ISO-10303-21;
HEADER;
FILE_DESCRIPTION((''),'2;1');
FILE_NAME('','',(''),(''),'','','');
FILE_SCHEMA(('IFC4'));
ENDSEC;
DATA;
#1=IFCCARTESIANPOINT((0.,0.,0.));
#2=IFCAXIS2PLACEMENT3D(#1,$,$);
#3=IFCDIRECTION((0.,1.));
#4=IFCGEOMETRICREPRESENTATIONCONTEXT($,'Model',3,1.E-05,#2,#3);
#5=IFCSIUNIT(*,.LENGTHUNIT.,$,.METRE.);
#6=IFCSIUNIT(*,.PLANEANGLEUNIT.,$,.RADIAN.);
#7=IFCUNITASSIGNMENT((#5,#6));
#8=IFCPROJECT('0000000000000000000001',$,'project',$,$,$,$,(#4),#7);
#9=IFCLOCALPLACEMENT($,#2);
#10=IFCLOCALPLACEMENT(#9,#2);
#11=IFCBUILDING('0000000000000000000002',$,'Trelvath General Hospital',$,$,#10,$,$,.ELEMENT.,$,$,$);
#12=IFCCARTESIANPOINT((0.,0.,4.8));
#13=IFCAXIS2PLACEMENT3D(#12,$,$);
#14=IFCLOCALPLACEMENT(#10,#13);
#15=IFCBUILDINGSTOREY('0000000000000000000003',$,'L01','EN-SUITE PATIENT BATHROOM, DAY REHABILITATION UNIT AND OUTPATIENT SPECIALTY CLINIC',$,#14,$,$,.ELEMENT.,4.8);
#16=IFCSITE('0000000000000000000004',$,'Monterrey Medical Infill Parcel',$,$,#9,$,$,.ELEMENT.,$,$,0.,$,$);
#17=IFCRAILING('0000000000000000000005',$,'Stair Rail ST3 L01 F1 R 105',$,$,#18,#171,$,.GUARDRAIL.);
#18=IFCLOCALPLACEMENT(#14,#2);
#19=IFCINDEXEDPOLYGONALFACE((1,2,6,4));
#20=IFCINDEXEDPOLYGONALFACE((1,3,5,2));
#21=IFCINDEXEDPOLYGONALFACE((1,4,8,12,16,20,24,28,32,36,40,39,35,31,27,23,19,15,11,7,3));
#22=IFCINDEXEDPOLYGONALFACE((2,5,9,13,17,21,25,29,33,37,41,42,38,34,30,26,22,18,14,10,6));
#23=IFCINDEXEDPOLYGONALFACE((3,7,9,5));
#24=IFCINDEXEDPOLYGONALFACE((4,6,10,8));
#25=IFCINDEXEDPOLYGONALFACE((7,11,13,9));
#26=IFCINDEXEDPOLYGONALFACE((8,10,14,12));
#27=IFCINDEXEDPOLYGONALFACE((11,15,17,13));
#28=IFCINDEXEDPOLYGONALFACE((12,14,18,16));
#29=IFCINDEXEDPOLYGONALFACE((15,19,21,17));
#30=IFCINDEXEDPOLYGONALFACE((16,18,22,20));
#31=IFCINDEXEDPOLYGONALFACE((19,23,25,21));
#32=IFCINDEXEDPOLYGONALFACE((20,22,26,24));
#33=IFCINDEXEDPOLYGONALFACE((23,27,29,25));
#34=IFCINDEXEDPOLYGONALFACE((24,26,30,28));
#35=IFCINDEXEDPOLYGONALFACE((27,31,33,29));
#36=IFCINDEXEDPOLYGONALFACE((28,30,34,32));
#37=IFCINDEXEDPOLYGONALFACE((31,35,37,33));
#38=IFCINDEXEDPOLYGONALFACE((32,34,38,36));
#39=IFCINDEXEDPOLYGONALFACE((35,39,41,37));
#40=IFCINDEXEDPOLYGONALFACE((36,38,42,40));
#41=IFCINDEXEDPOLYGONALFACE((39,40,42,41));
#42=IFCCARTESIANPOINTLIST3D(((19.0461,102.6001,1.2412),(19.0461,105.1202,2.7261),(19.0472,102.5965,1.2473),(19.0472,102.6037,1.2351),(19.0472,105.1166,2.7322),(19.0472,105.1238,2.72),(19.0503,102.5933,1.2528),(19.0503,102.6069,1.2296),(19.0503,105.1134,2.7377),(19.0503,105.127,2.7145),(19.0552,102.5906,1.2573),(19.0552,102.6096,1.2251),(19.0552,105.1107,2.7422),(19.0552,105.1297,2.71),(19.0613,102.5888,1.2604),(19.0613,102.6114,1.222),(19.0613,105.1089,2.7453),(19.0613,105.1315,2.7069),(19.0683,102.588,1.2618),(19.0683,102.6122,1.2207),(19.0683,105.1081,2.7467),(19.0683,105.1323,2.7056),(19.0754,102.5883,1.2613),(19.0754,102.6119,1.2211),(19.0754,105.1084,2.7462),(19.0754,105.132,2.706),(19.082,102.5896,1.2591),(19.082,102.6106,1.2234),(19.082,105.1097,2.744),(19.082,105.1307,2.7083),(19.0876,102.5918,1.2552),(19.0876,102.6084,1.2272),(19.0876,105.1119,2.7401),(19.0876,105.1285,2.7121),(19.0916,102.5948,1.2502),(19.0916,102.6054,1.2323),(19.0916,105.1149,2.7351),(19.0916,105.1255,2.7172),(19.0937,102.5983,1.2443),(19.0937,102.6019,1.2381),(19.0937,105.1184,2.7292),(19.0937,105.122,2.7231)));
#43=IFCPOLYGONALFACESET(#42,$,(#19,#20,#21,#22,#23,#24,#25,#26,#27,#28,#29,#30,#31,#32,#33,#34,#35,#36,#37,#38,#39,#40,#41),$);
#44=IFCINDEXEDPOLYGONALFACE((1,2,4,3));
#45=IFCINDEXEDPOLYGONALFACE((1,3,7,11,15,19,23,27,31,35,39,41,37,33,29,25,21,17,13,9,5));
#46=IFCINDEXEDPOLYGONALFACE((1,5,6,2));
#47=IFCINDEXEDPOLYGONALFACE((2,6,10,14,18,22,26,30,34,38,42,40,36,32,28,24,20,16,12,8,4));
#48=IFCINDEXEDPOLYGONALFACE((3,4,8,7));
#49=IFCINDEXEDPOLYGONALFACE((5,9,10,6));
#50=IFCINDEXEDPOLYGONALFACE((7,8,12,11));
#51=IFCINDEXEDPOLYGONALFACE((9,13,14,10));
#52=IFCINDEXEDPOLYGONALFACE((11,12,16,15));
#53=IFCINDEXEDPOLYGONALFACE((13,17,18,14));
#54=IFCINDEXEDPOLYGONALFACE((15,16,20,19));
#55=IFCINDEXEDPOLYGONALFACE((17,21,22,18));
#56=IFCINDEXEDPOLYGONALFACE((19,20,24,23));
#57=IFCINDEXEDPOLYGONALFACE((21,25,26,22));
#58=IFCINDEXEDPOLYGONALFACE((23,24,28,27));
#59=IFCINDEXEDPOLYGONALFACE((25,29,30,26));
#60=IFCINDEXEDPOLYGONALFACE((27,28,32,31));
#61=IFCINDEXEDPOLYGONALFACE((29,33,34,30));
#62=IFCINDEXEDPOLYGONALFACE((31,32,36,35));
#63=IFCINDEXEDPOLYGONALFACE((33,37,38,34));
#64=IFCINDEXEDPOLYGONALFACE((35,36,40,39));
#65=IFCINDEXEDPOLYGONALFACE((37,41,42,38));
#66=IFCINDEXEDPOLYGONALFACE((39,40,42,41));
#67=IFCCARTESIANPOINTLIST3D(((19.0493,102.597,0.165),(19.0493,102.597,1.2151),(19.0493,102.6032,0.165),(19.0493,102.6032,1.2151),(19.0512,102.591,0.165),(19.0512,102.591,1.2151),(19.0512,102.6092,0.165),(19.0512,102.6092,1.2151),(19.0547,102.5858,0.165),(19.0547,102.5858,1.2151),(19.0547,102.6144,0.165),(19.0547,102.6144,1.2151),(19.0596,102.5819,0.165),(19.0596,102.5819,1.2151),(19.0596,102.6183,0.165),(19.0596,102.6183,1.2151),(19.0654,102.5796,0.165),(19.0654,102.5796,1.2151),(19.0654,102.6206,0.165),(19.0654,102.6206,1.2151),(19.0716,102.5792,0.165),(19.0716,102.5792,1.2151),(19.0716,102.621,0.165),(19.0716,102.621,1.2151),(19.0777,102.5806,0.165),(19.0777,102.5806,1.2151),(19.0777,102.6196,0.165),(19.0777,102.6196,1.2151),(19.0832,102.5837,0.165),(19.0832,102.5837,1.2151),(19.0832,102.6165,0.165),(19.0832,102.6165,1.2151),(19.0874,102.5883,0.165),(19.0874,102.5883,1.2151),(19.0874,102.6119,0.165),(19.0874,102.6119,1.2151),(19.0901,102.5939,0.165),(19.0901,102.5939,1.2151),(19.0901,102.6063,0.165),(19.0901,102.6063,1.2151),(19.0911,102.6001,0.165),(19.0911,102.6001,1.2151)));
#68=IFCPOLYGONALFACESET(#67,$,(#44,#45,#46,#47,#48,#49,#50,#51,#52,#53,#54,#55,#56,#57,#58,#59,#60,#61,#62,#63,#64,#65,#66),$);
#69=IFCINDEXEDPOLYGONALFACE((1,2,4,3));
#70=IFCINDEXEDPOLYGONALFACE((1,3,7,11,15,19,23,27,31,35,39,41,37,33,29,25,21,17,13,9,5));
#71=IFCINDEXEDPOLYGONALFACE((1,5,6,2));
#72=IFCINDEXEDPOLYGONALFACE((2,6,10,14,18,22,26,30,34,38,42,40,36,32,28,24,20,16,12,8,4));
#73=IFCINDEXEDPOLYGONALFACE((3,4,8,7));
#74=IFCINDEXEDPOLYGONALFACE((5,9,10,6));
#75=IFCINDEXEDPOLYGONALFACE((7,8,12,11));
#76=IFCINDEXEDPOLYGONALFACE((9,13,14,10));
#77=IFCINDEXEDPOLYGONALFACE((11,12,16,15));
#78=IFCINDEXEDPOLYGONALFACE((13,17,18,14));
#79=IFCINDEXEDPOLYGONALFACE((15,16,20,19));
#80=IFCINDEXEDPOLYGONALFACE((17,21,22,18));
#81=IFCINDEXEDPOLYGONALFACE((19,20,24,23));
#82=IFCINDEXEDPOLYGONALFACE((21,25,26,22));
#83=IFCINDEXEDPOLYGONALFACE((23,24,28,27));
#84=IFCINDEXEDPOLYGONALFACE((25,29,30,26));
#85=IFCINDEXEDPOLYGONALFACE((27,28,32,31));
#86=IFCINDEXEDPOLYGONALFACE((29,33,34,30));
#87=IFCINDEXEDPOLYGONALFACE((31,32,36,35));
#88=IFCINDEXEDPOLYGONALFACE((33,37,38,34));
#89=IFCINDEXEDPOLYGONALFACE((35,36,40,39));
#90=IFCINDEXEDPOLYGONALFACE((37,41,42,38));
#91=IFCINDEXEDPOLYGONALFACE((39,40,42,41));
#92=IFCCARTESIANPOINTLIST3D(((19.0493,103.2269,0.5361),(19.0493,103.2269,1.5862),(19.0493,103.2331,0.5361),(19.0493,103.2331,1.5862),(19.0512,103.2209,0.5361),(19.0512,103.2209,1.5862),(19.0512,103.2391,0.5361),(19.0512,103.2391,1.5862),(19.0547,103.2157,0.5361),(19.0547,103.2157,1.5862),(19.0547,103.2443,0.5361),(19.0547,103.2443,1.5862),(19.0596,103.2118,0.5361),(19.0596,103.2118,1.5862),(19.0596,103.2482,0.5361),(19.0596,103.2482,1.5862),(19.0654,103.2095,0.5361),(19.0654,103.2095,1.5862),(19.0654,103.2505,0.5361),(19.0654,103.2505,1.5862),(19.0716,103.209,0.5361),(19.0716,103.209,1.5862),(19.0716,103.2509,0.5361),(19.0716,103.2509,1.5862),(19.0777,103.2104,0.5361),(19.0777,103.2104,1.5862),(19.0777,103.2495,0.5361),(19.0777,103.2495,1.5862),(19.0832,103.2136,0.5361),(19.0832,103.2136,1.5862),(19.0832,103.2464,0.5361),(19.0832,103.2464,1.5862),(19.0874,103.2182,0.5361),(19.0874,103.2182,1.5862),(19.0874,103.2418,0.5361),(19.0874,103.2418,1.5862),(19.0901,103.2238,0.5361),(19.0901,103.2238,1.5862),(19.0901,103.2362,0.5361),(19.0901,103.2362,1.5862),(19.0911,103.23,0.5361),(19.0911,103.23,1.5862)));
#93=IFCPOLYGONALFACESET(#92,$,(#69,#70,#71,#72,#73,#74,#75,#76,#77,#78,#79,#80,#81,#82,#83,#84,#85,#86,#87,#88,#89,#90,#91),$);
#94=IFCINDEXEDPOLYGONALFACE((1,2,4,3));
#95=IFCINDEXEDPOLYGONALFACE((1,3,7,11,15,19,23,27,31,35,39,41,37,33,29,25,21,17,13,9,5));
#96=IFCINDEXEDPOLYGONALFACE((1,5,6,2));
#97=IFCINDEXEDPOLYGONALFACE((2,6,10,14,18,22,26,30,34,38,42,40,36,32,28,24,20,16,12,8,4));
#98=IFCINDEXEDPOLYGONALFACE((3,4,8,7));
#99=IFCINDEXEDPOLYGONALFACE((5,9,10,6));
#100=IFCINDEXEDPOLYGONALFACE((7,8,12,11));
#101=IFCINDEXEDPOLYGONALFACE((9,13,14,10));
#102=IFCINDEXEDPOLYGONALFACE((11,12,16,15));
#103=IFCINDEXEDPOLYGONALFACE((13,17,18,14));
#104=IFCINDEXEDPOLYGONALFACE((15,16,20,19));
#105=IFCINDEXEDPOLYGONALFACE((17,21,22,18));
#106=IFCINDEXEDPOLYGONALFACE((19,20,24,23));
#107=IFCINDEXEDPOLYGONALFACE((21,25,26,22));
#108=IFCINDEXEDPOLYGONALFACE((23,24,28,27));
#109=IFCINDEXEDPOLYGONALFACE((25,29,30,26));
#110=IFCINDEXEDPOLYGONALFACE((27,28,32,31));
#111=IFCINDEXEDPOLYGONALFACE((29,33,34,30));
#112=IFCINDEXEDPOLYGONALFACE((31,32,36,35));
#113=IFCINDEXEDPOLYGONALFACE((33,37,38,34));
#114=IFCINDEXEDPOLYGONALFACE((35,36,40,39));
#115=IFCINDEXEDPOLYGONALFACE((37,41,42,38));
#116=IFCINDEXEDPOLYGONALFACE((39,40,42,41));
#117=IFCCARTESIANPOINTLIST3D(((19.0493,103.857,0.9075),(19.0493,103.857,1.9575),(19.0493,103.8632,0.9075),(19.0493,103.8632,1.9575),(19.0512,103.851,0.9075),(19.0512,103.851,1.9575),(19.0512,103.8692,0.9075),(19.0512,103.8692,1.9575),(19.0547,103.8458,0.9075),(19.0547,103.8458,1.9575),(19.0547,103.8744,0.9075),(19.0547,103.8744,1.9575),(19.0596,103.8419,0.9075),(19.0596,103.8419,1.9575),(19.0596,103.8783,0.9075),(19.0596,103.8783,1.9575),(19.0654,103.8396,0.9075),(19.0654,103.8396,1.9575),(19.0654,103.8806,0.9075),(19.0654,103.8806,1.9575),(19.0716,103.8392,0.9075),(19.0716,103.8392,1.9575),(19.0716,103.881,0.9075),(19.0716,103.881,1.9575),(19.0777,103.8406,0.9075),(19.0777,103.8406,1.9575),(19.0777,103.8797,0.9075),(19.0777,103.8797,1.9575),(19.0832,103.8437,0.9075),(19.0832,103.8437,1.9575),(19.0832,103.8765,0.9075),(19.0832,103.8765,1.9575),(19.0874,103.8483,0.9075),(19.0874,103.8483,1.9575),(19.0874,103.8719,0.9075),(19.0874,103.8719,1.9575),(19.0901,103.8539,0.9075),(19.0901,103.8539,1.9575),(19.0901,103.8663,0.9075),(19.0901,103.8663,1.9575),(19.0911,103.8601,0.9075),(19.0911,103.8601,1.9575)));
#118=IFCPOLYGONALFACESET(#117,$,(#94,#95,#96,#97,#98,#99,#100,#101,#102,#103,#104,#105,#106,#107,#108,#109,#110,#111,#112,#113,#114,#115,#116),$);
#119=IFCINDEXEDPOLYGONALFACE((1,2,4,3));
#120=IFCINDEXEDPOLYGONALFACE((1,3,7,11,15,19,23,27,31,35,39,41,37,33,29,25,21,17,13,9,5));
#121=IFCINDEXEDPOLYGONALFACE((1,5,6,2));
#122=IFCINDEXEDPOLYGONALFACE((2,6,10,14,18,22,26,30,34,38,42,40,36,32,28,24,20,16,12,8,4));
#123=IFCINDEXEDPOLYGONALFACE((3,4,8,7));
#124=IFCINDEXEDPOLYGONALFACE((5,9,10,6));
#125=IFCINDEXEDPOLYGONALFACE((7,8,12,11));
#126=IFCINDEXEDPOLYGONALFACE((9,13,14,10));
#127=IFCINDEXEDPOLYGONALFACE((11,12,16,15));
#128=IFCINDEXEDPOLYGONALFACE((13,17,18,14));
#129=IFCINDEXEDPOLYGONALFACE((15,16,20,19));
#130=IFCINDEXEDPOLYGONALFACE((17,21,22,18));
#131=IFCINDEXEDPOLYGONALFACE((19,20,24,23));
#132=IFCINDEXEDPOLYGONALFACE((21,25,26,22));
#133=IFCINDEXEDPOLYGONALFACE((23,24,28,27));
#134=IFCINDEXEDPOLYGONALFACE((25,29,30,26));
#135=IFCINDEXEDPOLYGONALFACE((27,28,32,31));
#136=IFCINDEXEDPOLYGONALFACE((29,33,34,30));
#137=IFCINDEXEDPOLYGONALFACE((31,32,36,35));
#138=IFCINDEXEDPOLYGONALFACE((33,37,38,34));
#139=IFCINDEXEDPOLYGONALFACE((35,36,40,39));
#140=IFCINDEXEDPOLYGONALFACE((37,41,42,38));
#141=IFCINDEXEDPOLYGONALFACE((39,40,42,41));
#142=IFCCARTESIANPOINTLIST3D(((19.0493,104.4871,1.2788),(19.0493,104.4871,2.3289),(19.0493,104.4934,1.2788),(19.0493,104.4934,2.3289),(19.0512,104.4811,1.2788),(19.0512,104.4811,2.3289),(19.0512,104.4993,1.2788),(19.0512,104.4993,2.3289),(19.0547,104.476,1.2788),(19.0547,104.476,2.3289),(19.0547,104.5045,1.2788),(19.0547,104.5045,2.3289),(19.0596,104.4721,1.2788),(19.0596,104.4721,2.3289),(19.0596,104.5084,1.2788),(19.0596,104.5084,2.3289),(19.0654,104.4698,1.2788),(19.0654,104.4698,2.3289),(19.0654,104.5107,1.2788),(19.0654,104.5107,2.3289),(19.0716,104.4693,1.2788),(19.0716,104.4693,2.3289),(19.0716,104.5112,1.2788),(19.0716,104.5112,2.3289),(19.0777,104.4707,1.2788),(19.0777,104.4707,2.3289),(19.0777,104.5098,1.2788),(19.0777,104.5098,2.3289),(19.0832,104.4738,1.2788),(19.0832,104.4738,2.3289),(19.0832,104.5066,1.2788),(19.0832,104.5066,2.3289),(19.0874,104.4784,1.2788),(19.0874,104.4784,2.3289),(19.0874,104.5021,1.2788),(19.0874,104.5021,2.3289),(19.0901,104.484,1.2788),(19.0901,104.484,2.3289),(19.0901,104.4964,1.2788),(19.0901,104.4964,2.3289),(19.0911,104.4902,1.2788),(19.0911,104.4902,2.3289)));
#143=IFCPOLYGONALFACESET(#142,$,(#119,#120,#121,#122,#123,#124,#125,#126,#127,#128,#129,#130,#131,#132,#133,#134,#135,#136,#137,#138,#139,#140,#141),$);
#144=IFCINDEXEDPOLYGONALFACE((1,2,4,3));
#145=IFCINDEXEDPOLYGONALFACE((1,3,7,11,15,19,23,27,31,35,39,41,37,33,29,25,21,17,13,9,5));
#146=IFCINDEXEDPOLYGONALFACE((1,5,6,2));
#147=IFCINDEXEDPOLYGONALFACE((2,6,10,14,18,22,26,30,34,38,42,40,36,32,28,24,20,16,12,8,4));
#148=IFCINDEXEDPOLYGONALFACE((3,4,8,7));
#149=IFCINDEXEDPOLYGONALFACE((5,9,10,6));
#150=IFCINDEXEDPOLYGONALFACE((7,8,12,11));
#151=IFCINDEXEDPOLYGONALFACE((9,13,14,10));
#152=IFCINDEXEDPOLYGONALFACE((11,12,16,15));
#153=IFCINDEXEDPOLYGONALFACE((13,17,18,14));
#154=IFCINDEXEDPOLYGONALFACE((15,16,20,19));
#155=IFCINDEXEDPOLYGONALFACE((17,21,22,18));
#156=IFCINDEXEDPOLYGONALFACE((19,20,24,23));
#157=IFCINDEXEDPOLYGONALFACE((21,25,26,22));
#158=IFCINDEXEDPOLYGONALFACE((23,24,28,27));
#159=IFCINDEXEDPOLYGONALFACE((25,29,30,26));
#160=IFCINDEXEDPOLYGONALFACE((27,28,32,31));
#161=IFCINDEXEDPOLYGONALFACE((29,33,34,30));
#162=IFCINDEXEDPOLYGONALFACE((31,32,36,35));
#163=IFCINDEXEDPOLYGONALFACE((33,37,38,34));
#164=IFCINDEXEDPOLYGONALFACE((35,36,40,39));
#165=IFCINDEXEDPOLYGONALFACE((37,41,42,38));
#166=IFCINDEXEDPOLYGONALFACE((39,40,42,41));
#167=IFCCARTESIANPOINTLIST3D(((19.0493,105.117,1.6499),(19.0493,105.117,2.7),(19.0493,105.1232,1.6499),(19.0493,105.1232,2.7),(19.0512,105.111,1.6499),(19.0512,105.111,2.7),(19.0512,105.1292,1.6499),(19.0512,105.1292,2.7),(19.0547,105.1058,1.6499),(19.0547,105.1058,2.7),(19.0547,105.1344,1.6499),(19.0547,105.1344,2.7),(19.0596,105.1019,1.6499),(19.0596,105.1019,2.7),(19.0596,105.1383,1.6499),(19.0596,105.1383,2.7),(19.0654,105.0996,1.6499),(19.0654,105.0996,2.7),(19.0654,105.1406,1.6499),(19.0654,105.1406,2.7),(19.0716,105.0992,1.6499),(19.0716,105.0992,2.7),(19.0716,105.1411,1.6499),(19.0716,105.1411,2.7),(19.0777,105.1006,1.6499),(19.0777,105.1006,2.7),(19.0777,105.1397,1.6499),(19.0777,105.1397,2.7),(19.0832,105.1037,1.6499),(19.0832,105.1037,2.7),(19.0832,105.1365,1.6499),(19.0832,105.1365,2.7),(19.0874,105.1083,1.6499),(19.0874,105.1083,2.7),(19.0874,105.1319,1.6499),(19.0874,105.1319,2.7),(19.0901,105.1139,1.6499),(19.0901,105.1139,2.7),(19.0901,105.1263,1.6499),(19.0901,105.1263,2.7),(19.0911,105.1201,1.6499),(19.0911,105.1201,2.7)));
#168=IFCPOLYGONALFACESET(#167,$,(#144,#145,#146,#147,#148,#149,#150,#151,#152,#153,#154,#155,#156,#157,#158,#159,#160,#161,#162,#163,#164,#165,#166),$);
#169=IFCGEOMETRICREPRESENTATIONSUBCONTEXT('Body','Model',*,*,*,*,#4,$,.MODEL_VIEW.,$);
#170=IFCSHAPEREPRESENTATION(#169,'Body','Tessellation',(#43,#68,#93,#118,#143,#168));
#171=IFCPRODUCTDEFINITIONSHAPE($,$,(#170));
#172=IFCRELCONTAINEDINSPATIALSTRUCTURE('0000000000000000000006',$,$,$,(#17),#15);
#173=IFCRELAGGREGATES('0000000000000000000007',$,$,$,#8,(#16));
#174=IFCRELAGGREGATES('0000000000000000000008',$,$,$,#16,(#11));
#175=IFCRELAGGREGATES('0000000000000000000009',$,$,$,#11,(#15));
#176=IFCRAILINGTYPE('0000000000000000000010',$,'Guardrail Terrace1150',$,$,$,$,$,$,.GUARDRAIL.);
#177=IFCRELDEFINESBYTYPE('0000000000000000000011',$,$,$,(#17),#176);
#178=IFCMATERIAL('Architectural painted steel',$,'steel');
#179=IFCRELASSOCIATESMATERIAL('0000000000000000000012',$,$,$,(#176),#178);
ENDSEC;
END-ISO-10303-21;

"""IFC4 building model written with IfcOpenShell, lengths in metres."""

from ifc_helpers import new_model, si_unit, direction, frame, origin, origin_2d, place, context, subcontext, project, spatial, circle, extrude, material, type_object, element, save


model = new_model("IFC4")

# Units and contexts
model_context = context("Model", 3, precision=1e-05, world=origin(), true_north=direction((0.0, 1.0)))
body_context = subcontext(model_context, "Body", "Model", "MODEL_VIEW")
ifc_project = project(units=[si_unit("LENGTHUNIT", "METRE"), si_unit("PLANEANGLEUNIT", "RADIAN")], contexts=[model_context])

# Site, building, storey
site_placement = place(None, origin())
site = spatial("IfcSite", under=ifc_project, at=site_placement, Name="Monterrey Medical Infill Parcel", CompositionType="ELEMENT", RefElevation=0.0)
building_placement = place(site_placement, origin())
building = spatial("IfcBuilding", under=site, at=building_placement, Name="Trelvath General Hospital", CompositionType="ELEMENT")
storey_placement = place(building_placement, frame((0.0, 0.0, 4.8)))
storey = spatial("IfcBuildingStorey", under=building, at=storey_placement, Name="L01", Description="EN-SUITE PATIENT BATHROOM, DAY REHABILITATION UNIT AND OUTPATIENT SPECIALTY CLINIC", CompositionType="ELEMENT", Elevation=4.8)

# Railing
ifc_material_1 = material(Name="Architectural painted steel", Category="steel")
railing_type_1 = type_object("IfcRailingType", Name="Guardrail Terrace1150", PredefinedType="GUARDRAIL", material=ifc_material_1)
railing_1_placement = place(storey_placement, frame((19.0701, 102.6001, 0.165)))
element("IfcRailing", 1, at=railing_1_placement, inside=storey, type_object=railing_type_1, Name="Stair Rail ST3 L01 F1 R 105", PredefinedType="GUARDRAIL", context=body_context, shape_type="SweptSolid", body=[
    extrude(circle(Radius=0.0239, at=origin_2d()), frame((0.0, 0.0, 1.0762), z_axis=(0.0, 0.861561, 0.507655), x_axis=(-1.0, 0.0, 0.0)), (0.0, 0.0, 1.0), 2.925),
    extrude(circle(Radius=0.021, at=origin_2d()), origin(), (0.0, 0.0, 1.0), 1.05),
    extrude(circle(Radius=0.021, at=origin_2d()), frame((0.0, 0.6299, 0.3711)), (0.0, 0.0, 1.0), 1.05),
    extrude(circle(Radius=0.021, at=origin_2d()), frame((0.0, 1.26, 0.7424)), (0.0, 0.0, 1.0), 1.05),
    extrude(circle(Radius=0.021, at=origin_2d()), frame((0.0, 1.8901, 1.1138)), (0.0, 0.0, 1.0), 1.05),
    extrude(circle(Radius=0.021, at=origin_2d()), frame((0.0, 2.52, 1.4849)), (0.0, 0.0, 1.0), 1.05),
])

save(model, "model.ifc")
